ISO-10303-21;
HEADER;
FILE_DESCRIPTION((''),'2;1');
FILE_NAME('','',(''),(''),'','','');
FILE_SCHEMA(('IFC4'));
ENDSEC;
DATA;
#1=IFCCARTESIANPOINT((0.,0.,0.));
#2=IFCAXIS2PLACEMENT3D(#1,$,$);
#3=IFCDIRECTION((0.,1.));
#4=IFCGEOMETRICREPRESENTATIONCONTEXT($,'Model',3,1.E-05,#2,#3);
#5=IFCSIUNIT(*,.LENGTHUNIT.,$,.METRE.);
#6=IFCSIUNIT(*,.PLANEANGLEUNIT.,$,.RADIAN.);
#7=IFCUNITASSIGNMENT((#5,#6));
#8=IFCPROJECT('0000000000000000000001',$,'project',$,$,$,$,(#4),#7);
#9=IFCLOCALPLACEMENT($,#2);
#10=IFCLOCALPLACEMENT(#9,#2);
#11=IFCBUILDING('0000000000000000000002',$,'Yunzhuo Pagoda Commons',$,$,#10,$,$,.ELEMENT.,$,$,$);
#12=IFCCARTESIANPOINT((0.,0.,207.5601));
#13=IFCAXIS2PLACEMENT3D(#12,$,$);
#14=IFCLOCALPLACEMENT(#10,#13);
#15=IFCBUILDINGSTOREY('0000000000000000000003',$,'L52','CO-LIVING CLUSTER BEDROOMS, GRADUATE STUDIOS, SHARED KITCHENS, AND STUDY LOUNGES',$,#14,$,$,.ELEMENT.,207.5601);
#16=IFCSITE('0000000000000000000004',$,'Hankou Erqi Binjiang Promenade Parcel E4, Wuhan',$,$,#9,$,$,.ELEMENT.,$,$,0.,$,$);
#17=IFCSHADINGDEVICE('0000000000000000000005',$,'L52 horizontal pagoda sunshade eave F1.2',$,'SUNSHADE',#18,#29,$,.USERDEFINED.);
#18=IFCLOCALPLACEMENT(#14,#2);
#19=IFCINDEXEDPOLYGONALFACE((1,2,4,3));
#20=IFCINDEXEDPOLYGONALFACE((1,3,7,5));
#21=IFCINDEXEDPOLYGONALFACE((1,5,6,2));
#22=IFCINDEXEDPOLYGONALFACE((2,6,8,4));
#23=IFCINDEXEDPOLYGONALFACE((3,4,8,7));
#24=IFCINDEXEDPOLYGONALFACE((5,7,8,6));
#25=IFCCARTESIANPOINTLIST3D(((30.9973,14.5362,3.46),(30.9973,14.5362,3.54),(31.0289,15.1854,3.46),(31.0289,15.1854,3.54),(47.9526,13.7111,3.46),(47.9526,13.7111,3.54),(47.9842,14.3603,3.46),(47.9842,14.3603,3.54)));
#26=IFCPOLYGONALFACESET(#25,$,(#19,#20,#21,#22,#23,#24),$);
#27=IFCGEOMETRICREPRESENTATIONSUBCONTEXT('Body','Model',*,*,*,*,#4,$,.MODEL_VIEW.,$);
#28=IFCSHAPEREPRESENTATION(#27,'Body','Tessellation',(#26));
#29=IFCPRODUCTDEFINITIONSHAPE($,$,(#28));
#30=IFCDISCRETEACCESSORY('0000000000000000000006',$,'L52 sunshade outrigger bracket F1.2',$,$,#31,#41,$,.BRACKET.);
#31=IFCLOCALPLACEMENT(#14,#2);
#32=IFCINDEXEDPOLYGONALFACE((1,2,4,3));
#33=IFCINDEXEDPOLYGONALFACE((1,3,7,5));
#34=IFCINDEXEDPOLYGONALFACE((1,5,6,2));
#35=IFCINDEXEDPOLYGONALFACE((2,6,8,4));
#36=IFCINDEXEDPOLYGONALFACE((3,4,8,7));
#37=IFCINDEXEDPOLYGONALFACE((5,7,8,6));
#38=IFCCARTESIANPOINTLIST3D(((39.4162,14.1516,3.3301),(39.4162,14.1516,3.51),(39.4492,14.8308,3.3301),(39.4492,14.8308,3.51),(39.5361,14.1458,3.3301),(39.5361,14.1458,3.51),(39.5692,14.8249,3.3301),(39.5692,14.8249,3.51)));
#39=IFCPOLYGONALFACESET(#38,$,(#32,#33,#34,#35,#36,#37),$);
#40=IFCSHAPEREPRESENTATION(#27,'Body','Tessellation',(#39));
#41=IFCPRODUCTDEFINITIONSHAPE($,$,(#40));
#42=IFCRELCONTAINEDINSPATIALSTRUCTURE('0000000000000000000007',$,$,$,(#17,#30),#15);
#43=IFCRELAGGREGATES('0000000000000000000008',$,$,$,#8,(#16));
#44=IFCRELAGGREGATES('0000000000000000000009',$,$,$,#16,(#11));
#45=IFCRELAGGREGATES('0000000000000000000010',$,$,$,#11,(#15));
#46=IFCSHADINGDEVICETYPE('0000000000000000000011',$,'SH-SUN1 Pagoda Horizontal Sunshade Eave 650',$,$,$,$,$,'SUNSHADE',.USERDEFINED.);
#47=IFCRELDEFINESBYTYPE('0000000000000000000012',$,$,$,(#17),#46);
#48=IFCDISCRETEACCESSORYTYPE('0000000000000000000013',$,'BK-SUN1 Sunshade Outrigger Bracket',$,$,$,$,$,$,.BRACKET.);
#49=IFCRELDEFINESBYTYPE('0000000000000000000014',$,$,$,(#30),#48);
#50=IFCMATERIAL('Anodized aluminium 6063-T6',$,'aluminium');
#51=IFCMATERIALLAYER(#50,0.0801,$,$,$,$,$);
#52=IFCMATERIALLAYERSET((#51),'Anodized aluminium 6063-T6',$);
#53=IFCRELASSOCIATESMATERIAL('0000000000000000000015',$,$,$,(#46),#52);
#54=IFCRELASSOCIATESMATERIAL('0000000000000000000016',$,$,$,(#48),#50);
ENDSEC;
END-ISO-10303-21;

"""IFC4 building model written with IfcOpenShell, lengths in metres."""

from ifc_helpers import new_model, si_unit, direction, frame, origin, origin_2d, place, context, subcontext, project, spatial, rectangle, extrude, source, transform, mapped, material, layer, layer_set, type_object, element, save


model = new_model("IFC4")

# Units and contexts
model_context = context("Model", 3, precision=1e-05, world=origin(), true_north=direction((0.0, 1.0)))
body_context = subcontext(model_context, "Body", "Model", "MODEL_VIEW")
ifc_project = project(units=[si_unit("LENGTHUNIT", "METRE"), si_unit("PLANEANGLEUNIT", "RADIAN")], contexts=[model_context])

# Site, building, storey
site_placement = place(None, origin())
site = spatial("IfcSite", under=ifc_project, at=site_placement, Name="Hankou Erqi Binjiang Promenade Parcel E4, Wuhan", CompositionType="ELEMENT", RefElevation=0.0)
building_placement = place(site_placement, origin())
building = spatial("IfcBuilding", under=site, at=building_placement, Name="Yunzhuo Pagoda Commons", CompositionType="ELEMENT")
storey_placement = place(building_placement, frame((0.0, 0.0, 207.5601)))
storey = spatial("IfcBuildingStorey", under=building, at=storey_placement, Name="L52", Description="CO-LIVING CLUSTER BEDROOMS, GRADUATE STUDIOS, SHARED KITCHENS, AND STUDY LOUNGES", CompositionType="ELEMENT", Elevation=207.5601)

# Shared definitions
ifc_material_1 = material(Name="Anodized aluminium 6063-T6", Category="aluminium")

# Shading device
ifc_layer_1 = layer(ifc_material_1, 0.0801)
ifc_layer_set_1 = layer_set([ifc_layer_1], Name="Anodized aluminium 6063-T6")
shading_device_type = type_object("IfcShadingDeviceType", Name="SH-SUN1 Pagoda Horizontal Sunshade Eave 650", ElementType="SUNSHADE", PredefinedType="USERDEFINED", material=ifc_layer_set_1)
shared_shape_1 = source(origin(), body_context, "Body", "SweptSolid", [
    extrude(rectangle(XDim=16.9753, YDim=0.6499, at=origin_2d()), origin(), (0.0, 0.0, 1.0), 0.0801),
])
shading_device_placement = place(storey_placement, frame((39.4907, 14.4482, 3.46), z_axis=(0.0, 0.0, 1.0), x_axis=(0.998818, -0.048606, 0.0)))
element("IfcShadingDevice", 1, at=shading_device_placement, inside=storey, type_object=shading_device_type, Name="L52 horizontal pagoda sunshade eave F1.2", ObjectType="SUNSHADE", PredefinedType="USERDEFINED", context=body_context, shape_type="MappedRepresentation", body=[
    mapped(shared_shape_1, transform((0.0, 0.0, 0.0), scale=1.0)),
])

# Discrete accessory
discrete_accessory_type = type_object("IfcDiscreteAccessoryType", Name="BK-SUN1 Sunshade Outrigger Bracket", PredefinedType="BRACKET", material=ifc_material_1)
shared_shape_2 = source(origin(), body_context, "Body", "SweptSolid", [
    extrude(rectangle(XDim=0.1201, YDim=0.6799, at=origin_2d()), origin(), (0.0, 0.0, 1.0), 0.1799),
])
discrete_accessory_placement = place(storey_placement, frame((39.4927, 14.4883, 3.3301), z_axis=(0.0, 0.0, 1.0), x_axis=(0.998818, -0.048606, 0.0)))
element("IfcDiscreteAccessory", 2, at=discrete_accessory_placement, inside=storey, type_object=discrete_accessory_type, Name="L52 sunshade outrigger bracket F1.2", PredefinedType="BRACKET", context=body_context, shape_type="MappedRepresentation", body=[
    mapped(shared_shape_2, transform((0.0, 0.0, 0.0), scale=1.0)),
])

save(model, "model.ifc")
